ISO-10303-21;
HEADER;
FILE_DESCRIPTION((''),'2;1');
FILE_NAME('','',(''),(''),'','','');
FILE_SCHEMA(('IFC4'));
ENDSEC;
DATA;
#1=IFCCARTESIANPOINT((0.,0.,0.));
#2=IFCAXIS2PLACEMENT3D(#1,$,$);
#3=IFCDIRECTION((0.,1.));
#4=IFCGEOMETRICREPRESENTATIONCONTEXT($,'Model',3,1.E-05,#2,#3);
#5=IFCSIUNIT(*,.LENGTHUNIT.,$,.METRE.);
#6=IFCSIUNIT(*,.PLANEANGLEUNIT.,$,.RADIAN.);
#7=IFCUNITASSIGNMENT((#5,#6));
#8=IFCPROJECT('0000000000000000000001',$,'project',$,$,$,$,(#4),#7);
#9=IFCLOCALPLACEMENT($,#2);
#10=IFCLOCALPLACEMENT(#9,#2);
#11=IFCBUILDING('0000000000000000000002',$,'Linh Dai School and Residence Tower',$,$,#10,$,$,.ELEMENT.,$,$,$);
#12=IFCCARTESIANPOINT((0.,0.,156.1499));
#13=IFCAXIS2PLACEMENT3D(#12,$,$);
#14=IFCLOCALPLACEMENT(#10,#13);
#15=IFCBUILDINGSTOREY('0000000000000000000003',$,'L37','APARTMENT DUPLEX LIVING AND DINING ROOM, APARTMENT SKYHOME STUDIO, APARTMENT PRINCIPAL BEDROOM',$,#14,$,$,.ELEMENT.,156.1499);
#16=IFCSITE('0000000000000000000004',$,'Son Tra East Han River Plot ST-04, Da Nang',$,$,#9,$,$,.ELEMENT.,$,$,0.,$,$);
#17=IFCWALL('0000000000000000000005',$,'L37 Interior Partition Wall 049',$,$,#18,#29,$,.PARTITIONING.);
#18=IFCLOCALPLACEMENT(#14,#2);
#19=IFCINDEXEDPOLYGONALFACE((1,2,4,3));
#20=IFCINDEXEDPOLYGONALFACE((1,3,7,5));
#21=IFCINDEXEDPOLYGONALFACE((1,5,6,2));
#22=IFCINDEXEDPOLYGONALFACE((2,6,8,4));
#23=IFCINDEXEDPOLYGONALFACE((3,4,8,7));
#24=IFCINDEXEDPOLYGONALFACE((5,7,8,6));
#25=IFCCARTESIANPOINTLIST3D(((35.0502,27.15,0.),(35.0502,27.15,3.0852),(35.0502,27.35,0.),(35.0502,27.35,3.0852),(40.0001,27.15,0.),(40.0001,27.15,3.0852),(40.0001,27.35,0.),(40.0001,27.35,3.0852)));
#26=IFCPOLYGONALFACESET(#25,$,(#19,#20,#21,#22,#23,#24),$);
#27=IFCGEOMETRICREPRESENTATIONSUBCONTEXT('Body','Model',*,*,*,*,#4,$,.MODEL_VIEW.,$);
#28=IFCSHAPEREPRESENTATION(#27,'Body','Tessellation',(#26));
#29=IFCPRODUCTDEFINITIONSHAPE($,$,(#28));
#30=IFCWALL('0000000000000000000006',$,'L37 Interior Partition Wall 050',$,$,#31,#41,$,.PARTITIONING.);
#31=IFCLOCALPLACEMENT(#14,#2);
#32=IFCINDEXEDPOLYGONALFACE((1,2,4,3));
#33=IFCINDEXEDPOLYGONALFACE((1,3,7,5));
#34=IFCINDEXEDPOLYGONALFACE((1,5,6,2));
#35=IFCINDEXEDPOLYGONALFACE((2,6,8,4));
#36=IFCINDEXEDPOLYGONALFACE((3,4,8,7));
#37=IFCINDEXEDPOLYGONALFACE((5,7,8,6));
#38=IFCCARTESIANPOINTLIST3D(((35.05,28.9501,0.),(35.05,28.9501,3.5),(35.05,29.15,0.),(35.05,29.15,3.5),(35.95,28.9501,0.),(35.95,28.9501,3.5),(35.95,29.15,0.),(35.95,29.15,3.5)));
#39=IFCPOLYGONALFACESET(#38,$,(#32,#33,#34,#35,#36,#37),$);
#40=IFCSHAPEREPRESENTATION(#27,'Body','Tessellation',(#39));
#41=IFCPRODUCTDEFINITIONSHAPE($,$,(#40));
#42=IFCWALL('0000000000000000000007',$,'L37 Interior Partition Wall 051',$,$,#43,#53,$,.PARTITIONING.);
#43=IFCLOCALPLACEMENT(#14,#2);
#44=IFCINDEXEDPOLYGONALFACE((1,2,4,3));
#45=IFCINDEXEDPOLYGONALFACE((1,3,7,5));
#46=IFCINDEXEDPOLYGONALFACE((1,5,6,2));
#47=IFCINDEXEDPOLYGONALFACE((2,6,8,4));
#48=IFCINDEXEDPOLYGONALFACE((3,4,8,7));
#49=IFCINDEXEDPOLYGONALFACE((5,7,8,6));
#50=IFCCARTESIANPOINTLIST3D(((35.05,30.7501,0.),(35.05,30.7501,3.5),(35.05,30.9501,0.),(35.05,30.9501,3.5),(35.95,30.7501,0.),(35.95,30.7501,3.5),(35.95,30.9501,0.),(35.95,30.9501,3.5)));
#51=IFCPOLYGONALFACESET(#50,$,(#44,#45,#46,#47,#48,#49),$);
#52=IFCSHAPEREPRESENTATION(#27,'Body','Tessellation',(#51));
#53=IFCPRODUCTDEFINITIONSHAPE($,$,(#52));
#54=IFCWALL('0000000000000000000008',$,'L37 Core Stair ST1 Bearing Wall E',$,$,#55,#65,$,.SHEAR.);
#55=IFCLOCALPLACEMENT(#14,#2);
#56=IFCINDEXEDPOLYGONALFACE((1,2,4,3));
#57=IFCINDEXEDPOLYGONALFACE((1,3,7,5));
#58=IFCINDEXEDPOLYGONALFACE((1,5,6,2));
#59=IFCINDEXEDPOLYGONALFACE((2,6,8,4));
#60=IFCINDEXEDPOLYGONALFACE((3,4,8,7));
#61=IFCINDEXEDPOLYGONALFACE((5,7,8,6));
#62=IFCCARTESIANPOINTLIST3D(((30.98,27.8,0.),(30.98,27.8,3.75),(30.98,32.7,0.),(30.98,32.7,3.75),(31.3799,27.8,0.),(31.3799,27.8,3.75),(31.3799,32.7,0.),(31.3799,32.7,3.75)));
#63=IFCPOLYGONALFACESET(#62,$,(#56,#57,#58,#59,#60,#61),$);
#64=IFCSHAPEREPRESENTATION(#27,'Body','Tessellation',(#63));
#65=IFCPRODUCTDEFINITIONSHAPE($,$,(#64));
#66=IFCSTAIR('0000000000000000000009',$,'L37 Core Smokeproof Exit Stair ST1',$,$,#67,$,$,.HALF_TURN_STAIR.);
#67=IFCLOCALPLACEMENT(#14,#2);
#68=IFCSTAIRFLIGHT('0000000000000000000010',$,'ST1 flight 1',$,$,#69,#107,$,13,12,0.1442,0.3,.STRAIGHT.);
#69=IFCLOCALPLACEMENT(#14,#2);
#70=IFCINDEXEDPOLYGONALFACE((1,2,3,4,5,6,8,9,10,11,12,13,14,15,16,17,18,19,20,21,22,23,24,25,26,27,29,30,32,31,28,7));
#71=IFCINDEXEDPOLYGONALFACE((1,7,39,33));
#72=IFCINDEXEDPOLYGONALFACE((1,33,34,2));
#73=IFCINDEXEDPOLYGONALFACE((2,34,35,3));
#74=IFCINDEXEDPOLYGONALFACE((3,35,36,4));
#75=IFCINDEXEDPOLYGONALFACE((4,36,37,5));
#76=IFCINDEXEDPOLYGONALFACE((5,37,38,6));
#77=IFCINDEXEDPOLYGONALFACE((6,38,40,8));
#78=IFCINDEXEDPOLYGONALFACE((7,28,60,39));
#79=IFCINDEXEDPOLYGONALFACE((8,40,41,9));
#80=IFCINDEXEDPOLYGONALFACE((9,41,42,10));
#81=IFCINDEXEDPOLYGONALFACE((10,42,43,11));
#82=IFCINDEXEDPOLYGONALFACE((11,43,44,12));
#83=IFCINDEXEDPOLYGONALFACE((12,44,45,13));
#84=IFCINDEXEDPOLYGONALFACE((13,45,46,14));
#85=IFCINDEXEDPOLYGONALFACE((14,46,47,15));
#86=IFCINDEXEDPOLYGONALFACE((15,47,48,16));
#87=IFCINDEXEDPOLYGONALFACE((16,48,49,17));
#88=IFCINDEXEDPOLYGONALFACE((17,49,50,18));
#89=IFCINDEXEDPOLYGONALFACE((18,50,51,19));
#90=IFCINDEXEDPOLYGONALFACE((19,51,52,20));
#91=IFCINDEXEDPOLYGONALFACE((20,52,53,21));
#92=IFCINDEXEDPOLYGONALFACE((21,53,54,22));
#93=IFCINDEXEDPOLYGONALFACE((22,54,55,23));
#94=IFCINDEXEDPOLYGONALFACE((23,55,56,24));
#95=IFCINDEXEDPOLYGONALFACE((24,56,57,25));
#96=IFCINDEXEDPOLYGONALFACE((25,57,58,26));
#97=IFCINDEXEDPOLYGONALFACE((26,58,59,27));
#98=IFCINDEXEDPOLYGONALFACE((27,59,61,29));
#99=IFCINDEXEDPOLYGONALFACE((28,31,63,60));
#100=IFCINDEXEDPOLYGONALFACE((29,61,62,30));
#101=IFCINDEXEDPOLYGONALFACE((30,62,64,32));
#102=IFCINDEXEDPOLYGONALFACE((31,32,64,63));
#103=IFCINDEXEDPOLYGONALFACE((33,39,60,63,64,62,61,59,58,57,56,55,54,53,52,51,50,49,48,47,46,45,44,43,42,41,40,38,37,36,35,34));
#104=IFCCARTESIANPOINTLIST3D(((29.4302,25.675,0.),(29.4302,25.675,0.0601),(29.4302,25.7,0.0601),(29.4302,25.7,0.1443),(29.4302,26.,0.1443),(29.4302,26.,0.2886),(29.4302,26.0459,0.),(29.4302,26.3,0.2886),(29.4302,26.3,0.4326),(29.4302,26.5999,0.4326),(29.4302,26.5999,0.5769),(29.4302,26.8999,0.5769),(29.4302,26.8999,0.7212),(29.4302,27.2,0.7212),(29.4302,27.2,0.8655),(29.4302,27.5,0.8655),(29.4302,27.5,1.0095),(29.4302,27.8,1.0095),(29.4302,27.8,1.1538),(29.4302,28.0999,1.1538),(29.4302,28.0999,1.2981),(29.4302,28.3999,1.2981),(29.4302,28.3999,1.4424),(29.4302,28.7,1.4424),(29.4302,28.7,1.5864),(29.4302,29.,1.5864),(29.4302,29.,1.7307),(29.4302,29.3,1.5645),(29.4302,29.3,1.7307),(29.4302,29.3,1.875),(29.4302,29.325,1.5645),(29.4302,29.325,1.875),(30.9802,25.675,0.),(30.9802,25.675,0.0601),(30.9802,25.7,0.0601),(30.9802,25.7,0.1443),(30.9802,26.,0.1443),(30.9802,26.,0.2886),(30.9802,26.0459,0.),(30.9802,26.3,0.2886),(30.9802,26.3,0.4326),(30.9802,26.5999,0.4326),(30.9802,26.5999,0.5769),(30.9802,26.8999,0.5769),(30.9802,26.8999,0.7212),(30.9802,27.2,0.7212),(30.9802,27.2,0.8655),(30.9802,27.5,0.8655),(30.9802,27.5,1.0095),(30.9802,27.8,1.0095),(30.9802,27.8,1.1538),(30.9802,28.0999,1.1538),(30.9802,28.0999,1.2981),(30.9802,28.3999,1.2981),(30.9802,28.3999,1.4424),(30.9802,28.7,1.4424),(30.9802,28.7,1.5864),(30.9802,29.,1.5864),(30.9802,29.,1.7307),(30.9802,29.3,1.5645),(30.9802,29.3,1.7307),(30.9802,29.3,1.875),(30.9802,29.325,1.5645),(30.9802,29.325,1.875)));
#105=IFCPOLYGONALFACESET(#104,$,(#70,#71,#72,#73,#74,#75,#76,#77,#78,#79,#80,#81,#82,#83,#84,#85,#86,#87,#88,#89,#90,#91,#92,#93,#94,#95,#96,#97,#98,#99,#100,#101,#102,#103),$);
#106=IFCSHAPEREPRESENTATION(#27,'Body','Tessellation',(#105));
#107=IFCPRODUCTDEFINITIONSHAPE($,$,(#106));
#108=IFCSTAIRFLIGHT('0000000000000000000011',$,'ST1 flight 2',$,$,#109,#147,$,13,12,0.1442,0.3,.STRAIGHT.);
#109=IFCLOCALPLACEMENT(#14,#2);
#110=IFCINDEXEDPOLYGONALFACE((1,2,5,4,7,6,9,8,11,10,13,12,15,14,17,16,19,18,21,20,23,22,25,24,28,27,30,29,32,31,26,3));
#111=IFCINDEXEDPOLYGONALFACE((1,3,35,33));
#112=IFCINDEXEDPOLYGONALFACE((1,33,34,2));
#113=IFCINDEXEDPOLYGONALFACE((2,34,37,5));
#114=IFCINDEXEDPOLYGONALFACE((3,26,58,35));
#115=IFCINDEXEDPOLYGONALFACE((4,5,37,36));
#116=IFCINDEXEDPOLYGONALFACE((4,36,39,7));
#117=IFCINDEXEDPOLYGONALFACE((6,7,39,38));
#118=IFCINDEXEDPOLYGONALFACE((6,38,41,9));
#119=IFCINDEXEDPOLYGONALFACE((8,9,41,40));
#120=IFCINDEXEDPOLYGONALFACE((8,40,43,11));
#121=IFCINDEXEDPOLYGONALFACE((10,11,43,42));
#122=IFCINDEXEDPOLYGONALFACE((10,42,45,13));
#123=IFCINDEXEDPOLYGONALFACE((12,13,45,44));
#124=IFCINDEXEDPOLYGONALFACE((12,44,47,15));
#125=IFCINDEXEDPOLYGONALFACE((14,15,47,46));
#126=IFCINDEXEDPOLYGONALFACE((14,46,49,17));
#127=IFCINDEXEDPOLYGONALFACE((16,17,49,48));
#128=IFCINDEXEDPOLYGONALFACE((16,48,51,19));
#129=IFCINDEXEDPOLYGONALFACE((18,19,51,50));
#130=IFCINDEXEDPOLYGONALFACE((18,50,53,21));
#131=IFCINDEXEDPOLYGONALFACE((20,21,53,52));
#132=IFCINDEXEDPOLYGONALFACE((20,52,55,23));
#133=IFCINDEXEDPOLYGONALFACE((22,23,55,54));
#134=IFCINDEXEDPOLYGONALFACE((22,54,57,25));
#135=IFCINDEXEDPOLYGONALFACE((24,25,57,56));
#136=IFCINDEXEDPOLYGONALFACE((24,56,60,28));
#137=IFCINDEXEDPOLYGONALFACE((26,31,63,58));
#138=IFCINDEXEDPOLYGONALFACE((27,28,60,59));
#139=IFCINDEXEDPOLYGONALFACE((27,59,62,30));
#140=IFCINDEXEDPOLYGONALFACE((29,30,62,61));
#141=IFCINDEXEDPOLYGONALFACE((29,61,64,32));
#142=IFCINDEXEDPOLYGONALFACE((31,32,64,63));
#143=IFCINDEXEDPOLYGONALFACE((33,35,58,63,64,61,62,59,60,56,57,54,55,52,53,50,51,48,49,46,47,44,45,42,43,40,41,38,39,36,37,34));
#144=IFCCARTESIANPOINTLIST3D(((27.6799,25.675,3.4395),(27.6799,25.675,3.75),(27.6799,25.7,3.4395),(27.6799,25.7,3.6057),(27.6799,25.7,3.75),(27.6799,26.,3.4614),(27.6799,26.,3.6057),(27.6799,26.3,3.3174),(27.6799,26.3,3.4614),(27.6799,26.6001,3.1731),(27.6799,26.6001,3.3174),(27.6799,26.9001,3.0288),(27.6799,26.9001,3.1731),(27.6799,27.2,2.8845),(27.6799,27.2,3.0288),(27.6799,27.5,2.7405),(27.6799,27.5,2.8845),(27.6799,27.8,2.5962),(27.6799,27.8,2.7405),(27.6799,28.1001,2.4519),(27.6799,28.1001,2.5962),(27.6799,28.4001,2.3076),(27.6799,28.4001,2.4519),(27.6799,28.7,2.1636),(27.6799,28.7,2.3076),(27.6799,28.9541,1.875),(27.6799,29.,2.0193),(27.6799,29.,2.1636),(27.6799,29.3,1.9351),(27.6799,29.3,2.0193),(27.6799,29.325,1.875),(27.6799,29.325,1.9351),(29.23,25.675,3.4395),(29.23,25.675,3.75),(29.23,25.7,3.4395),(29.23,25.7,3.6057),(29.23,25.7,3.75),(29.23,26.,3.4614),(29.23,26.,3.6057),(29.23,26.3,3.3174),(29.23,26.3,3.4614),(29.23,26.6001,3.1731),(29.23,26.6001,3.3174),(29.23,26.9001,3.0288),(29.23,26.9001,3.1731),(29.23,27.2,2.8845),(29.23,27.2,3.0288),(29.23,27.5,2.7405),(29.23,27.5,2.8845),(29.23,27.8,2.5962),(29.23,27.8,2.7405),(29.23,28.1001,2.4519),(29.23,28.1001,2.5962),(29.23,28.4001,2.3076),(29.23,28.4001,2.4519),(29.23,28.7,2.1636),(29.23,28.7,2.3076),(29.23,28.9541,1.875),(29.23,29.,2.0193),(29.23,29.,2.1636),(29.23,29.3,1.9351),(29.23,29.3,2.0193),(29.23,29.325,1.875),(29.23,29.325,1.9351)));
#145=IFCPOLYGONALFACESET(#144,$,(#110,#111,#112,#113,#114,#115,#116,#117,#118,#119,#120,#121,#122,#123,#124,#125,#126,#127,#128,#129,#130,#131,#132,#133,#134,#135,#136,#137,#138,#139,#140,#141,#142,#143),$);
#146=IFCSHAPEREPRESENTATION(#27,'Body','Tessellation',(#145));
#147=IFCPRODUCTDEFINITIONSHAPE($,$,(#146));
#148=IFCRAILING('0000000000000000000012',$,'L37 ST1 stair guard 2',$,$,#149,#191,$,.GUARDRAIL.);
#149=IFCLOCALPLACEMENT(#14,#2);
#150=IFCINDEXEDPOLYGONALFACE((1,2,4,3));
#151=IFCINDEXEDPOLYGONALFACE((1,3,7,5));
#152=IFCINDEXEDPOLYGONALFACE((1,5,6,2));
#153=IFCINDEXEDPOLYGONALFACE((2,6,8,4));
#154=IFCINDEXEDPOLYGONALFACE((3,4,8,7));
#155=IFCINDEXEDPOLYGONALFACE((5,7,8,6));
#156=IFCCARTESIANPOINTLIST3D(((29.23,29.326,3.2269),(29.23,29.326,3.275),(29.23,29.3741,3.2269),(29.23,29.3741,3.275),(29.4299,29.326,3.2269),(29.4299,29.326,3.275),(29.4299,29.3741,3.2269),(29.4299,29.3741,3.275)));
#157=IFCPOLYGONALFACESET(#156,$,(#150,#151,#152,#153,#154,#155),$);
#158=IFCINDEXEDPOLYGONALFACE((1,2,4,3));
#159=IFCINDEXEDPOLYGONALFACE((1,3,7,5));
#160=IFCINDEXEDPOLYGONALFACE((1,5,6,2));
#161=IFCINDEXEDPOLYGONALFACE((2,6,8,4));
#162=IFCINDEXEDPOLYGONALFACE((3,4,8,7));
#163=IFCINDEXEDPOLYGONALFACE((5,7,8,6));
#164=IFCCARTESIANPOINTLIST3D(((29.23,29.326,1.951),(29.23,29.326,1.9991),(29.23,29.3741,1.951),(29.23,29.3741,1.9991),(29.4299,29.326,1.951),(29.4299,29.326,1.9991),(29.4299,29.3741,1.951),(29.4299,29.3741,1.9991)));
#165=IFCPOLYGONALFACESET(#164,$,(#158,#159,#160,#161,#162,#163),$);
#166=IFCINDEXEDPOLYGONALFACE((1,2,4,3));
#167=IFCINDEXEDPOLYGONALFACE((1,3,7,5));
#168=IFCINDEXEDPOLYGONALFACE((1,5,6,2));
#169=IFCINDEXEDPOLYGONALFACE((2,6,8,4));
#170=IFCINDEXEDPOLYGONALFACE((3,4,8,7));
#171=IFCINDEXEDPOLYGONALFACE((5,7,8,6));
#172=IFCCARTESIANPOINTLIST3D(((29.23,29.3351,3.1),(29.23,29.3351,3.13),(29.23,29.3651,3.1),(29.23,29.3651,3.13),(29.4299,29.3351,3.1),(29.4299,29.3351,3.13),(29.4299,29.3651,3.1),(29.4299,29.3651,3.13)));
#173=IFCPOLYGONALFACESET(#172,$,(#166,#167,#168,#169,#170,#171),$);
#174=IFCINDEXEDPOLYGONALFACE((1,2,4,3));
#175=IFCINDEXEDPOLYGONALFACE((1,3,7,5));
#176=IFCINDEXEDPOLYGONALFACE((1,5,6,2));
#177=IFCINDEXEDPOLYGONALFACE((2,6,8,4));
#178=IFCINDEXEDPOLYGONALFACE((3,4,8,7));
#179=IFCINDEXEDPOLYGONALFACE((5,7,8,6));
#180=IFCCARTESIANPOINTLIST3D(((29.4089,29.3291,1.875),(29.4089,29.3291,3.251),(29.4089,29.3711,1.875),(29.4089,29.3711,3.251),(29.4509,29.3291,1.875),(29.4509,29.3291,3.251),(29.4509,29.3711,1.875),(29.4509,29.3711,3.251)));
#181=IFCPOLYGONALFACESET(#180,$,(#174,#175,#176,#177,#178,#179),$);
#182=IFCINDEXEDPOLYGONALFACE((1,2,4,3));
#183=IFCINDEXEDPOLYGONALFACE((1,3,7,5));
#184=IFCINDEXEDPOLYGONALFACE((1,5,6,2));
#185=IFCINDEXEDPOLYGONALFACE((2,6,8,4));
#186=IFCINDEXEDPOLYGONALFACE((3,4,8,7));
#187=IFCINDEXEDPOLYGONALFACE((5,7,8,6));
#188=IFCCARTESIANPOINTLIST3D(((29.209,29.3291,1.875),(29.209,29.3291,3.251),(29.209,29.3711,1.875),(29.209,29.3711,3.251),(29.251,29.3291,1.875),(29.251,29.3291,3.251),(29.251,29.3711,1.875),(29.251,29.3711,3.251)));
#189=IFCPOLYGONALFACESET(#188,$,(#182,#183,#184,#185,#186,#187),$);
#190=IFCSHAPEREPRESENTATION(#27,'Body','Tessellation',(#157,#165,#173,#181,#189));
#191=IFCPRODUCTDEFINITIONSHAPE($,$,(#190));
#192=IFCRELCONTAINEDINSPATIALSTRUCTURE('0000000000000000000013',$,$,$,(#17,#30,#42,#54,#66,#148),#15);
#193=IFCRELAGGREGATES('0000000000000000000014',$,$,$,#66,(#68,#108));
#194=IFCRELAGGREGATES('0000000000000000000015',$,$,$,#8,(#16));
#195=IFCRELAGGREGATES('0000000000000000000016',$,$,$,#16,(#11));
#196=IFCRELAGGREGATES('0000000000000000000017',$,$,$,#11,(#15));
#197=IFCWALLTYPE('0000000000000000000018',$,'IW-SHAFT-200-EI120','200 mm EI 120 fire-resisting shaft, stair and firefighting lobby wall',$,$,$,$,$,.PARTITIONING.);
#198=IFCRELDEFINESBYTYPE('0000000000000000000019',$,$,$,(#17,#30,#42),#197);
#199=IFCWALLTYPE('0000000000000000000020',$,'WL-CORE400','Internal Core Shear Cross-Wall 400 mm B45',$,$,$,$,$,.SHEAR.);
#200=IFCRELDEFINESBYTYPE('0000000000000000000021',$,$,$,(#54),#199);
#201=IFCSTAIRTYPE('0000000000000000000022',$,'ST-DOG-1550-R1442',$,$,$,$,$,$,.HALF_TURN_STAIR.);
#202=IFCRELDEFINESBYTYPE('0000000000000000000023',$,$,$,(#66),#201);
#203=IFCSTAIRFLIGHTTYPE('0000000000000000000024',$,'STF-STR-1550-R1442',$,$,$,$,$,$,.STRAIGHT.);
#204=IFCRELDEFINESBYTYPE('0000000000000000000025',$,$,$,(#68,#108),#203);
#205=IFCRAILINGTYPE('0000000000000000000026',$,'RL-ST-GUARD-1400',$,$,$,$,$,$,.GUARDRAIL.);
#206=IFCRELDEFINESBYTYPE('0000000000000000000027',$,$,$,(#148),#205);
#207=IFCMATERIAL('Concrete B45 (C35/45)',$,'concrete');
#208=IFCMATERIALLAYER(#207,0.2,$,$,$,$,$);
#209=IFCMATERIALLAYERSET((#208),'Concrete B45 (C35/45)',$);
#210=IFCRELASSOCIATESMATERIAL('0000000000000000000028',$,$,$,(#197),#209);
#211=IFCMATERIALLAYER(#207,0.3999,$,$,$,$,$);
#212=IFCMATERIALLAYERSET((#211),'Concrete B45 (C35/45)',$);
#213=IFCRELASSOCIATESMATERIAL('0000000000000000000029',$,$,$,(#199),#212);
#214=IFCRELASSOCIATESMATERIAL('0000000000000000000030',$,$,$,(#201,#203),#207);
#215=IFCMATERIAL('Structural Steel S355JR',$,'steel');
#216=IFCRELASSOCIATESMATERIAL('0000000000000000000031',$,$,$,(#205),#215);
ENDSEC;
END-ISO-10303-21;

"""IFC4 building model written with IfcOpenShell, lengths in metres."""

from ifc_helpers import new_model, si_unit, direction, frame, frame_2d, origin, origin_2d, place, context, subcontext, project, spatial, polyline, rectangle, outline, extrude, source, transform, mapped, material, layer, layer_set, type_object, element, aggregate, save


model = new_model("IFC4")

# Units and contexts
model_context = context("Model", 3, precision=1e-05, world=origin(), true_north=direction((0.0, 1.0)))
body_context = subcontext(model_context, "Body", "Model", "MODEL_VIEW")
ifc_project = project(units=[si_unit("LENGTHUNIT", "METRE"), si_unit("PLANEANGLEUNIT", "RADIAN")], contexts=[model_context])

# Site, building, storey
site_placement = place(None, origin())
site = spatial("IfcSite", under=ifc_project, at=site_placement, Name="Son Tra East Han River Plot ST-04, Da Nang", CompositionType="ELEMENT", RefElevation=0.0)
building_placement = place(site_placement, origin())
building = spatial("IfcBuilding", under=site, at=building_placement, Name="Linh Dai School and Residence Tower", CompositionType="ELEMENT")
storey_placement = place(building_placement, frame((0.0, 0.0, 156.1499)))
storey = spatial("IfcBuildingStorey", under=building, at=storey_placement, Name="L37", Description="APARTMENT DUPLEX LIVING AND DINING ROOM, APARTMENT SKYHOME STUDIO, APARTMENT PRINCIPAL BEDROOM", CompositionType="ELEMENT", Elevation=156.1499)

# Shared definitions
ifc_material_1 = material(Name="Structural Steel S355JR", Category="steel")

# Shared definitions
ifc_material_2 = material(Name="Concrete B45 (C35/45)", Category="concrete")
ifc_layer_1 = layer(ifc_material_2, 0.2)
ifc_layer_set_1 = layer_set([ifc_layer_1], Name="Concrete B45 (C35/45)")
wall_type_1 = type_object("IfcWallType", Name="IW-SHAFT-200-EI120", Description="200 mm EI 120 fire-resisting shaft, stair and firefighting lobby wall", PredefinedType="PARTITIONING", material=ifc_layer_set_1)

# Walls
wall_1_placement = place(storey_placement, frame((35.05, 27.25, 0.0), z_axis=(0.0, 0.0, 1.0), x_axis=(1.0, 0.0, 0.0)))
element("IfcWall", 1, at=wall_1_placement, inside=storey, type_object=wall_type_1, Name="L37 Interior Partition Wall 049", PredefinedType="PARTITIONING", context=body_context, shape_type="SweptSolid", body=[
    extrude(rectangle(XDim=4.95, YDim=0.2, at=frame_2d((2.4751, 0.0))), origin(), (0.0, 0.0, 1.0), 3.0852),
])
for number, where, z_axis, x_axis, name in (
    (2, (35.05, 29.05, 0.0), (0.0, 0.0, 1.0), (1.0, 0.0, 0.0), "L37 Interior Partition Wall 050"),
    (3, (35.05, 30.8501, 0.0), (0.0, 0.0, 1.0), (1.0, 0.0, 0.0), "L37 Interior Partition Wall 051"),
):
    element("IfcWall", number, at=place(storey_placement, frame(where, z_axis=z_axis, x_axis=x_axis)), inside=storey, type_object=wall_type_1, Name=name, PredefinedType="PARTITIONING", context=body_context, shape_type="SweptSolid", body=[
        extrude(rectangle(XDim=0.8999, YDim=0.2, at=frame_2d((0.45, 0.0))), origin(), (0.0, 0.0, 1.0), 3.5),
    ])
ifc_layer_2 = layer(ifc_material_2, 0.3999)
ifc_layer_set_2 = layer_set([ifc_layer_2], Name="Concrete B45 (C35/45)")
wall_type_2 = type_object("IfcWallType", Name="WL-CORE400", Description="Internal Core Shear Cross-Wall 400 mm B45", PredefinedType="SHEAR", material=ifc_layer_set_2)
wall_2_placement = place(storey_placement, frame((31.1799, 27.8, 0.0), z_axis=(0.0, 0.0, 1.0), x_axis=(0.0, 1.0, 0.0)))
element("IfcWall", 4, at=wall_2_placement, inside=storey, type_object=wall_type_2, Name="L37 Core Stair ST1 Bearing Wall E", PredefinedType="SHEAR", context=body_context, shape_type="SweptSolid", body=[
    extrude(rectangle(XDim=4.8999, YDim=0.3999, at=frame_2d((2.45, 0.0))), origin(), (0.0, 0.0, 1.0), 3.75),
])

# Stair, stair flights
stair_type = type_object("IfcStairType", Name="ST-DOG-1550-R1442", PredefinedType="HALF_TURN_STAIR", material=ifc_material_2)
stair_placement = place(storey_placement, origin())
stair = element("IfcStair", 5, at=stair_placement, inside=storey, type_object=stair_type, Name="L37 Core Smokeproof Exit Stair ST1", PredefinedType="HALF_TURN_STAIR")
stair_flight_type = type_object("IfcStairFlightType", Name="STF-STR-1550-R1442", PredefinedType="STRAIGHT", material=ifc_material_2)
shared_shape_1 = source(origin(), body_context, "Body", "SweptSolid", [
    extrude(outline(polyline([(-0.0249, 0.0), (-0.0249, 0.0601), (0.0, 0.0601), (0.0, 0.1443), (0.3, 0.1443), (0.3, 0.2886), (0.6001, 0.2886), (0.6001, 0.4326), (0.8999, 0.4326), (0.8999, 0.5769), (1.2, 0.5769), (1.2, 0.7212), (1.5, 0.7212), (1.5, 0.8655), (1.8, 0.8655), (1.8, 1.0095), (2.1001, 1.0095), (2.1001, 1.1538), (2.3999, 1.1538), (2.3999, 1.2981), (2.7, 1.2981), (2.7, 1.4424), (3.0, 1.4424), (3.0, 1.5864), (3.3, 1.5864), (3.3, 1.7307), (3.6001, 1.7307), (3.6001, 1.875), (3.625, 1.875), (3.625, 1.5645), (3.6001, 1.5645), (0.3459, 0.0), (-0.0249, 0.0)])), frame((0.0, 0.7749, 0.0), z_axis=(0.0, -1.0, 0.0), x_axis=(1.0, 0.0, 0.0)), (0.0, 0.0, 1.0), 1.55),
])
stair_flight_1_placement = place(storey_placement, frame((30.2051, 25.7, 0.0), z_axis=(0.0, 0.0, 1.0), x_axis=(0.0, 1.0, 0.0)))
stair_flight_1 = element("IfcStairFlight", 6, at=stair_flight_1_placement, type_object=stair_flight_type, Name="ST1 flight 1", NumberOfRisers=13, NumberOfTreads=12, PredefinedType="STRAIGHT", RiserHeight=0.1442, TreadLength=0.3, context=body_context, shape_type="MappedRepresentation", body=[
    mapped(shared_shape_1, transform((0.0, 0.0, 0.0), x_axis=(1.0, 0.0, 0.0), y_axis=(0.0, 1.0, 0.0), z_axis=(0.0, 0.0, 1.0), scale=1.0)),
])
stair_flight_2_placement = place(storey_placement, frame((28.4551, 29.3, 1.875), z_axis=(0.0, 0.0, 1.0), x_axis=(0.0, -1.0, 0.0)))
stair_flight_2 = element("IfcStairFlight", 7, at=stair_flight_2_placement, type_object=stair_flight_type, Name="ST1 flight 2", NumberOfRisers=13, NumberOfTreads=12, PredefinedType="STRAIGHT", RiserHeight=0.1442, TreadLength=0.3, context=body_context, shape_type="MappedRepresentation", body=[
    mapped(shared_shape_1, transform((0.0, 0.0, 0.0), x_axis=(1.0, 0.0, 0.0), y_axis=(0.0, 1.0, 0.0), z_axis=(0.0, 0.0, 1.0), scale=1.0)),
])
aggregate(stair, [stair_flight_1, stair_flight_2])

# Railing
railing_type_1 = type_object("IfcRailingType", Name="RL-ST-GUARD-1400", PredefinedType="GUARDRAIL", material=ifc_material_1)
shared_shape_2 = source(origin(), body_context, "Body", "SweptSolid", [
    extrude(rectangle(XDim=0.0481, YDim=0.0481, at=origin_2d()), frame((0.0, 0.0, 1.376), z_axis=(-1.0, 0.0, 0.0), x_axis=(0.0, -1.0, 0.0)), (0.0, 0.0, 1.0), 0.2),
    extrude(rectangle(XDim=0.0481, YDim=0.0481, at=origin_2d()), frame((0.0, 0.0, 0.1001), z_axis=(-1.0, 0.0, 0.0), x_axis=(0.0, -1.0, 0.0)), (0.0, 0.0, 1.0), 0.2),
    extrude(rectangle(XDim=0.03, YDim=0.03, at=origin_2d()), frame((0.0, 0.0, 1.24), z_axis=(-1.0, 0.0, 0.0), x_axis=(0.0, -1.0, 0.0)), (0.0, 0.0, 1.0), 0.2),
    extrude(rectangle(XDim=0.042, YDim=0.042, at=origin_2d()), origin(), (0.0, 0.0, 1.0), 1.376),
    extrude(rectangle(XDim=0.042, YDim=0.042, at=origin_2d()), frame((-0.2, 0.0, 0.0)), (0.0, 0.0, 1.0), 1.376),
])
railing_1_placement = place(storey_placement, frame((29.4299, 29.3501, 1.875)))
element("IfcRailing", 8, at=railing_1_placement, inside=storey, type_object=railing_type_1, Name="L37 ST1 stair guard 2", PredefinedType="GUARDRAIL", context=body_context, shape_type="MappedRepresentation", body=[
    mapped(shared_shape_2, transform((0.0, 0.0, 0.0), x_axis=(1.0, 0.0, 0.0), y_axis=(0.0, 1.0, 0.0), z_axis=(0.0, 0.0, 1.0), scale=1.0)),
])

save(model, "model.ifc")
